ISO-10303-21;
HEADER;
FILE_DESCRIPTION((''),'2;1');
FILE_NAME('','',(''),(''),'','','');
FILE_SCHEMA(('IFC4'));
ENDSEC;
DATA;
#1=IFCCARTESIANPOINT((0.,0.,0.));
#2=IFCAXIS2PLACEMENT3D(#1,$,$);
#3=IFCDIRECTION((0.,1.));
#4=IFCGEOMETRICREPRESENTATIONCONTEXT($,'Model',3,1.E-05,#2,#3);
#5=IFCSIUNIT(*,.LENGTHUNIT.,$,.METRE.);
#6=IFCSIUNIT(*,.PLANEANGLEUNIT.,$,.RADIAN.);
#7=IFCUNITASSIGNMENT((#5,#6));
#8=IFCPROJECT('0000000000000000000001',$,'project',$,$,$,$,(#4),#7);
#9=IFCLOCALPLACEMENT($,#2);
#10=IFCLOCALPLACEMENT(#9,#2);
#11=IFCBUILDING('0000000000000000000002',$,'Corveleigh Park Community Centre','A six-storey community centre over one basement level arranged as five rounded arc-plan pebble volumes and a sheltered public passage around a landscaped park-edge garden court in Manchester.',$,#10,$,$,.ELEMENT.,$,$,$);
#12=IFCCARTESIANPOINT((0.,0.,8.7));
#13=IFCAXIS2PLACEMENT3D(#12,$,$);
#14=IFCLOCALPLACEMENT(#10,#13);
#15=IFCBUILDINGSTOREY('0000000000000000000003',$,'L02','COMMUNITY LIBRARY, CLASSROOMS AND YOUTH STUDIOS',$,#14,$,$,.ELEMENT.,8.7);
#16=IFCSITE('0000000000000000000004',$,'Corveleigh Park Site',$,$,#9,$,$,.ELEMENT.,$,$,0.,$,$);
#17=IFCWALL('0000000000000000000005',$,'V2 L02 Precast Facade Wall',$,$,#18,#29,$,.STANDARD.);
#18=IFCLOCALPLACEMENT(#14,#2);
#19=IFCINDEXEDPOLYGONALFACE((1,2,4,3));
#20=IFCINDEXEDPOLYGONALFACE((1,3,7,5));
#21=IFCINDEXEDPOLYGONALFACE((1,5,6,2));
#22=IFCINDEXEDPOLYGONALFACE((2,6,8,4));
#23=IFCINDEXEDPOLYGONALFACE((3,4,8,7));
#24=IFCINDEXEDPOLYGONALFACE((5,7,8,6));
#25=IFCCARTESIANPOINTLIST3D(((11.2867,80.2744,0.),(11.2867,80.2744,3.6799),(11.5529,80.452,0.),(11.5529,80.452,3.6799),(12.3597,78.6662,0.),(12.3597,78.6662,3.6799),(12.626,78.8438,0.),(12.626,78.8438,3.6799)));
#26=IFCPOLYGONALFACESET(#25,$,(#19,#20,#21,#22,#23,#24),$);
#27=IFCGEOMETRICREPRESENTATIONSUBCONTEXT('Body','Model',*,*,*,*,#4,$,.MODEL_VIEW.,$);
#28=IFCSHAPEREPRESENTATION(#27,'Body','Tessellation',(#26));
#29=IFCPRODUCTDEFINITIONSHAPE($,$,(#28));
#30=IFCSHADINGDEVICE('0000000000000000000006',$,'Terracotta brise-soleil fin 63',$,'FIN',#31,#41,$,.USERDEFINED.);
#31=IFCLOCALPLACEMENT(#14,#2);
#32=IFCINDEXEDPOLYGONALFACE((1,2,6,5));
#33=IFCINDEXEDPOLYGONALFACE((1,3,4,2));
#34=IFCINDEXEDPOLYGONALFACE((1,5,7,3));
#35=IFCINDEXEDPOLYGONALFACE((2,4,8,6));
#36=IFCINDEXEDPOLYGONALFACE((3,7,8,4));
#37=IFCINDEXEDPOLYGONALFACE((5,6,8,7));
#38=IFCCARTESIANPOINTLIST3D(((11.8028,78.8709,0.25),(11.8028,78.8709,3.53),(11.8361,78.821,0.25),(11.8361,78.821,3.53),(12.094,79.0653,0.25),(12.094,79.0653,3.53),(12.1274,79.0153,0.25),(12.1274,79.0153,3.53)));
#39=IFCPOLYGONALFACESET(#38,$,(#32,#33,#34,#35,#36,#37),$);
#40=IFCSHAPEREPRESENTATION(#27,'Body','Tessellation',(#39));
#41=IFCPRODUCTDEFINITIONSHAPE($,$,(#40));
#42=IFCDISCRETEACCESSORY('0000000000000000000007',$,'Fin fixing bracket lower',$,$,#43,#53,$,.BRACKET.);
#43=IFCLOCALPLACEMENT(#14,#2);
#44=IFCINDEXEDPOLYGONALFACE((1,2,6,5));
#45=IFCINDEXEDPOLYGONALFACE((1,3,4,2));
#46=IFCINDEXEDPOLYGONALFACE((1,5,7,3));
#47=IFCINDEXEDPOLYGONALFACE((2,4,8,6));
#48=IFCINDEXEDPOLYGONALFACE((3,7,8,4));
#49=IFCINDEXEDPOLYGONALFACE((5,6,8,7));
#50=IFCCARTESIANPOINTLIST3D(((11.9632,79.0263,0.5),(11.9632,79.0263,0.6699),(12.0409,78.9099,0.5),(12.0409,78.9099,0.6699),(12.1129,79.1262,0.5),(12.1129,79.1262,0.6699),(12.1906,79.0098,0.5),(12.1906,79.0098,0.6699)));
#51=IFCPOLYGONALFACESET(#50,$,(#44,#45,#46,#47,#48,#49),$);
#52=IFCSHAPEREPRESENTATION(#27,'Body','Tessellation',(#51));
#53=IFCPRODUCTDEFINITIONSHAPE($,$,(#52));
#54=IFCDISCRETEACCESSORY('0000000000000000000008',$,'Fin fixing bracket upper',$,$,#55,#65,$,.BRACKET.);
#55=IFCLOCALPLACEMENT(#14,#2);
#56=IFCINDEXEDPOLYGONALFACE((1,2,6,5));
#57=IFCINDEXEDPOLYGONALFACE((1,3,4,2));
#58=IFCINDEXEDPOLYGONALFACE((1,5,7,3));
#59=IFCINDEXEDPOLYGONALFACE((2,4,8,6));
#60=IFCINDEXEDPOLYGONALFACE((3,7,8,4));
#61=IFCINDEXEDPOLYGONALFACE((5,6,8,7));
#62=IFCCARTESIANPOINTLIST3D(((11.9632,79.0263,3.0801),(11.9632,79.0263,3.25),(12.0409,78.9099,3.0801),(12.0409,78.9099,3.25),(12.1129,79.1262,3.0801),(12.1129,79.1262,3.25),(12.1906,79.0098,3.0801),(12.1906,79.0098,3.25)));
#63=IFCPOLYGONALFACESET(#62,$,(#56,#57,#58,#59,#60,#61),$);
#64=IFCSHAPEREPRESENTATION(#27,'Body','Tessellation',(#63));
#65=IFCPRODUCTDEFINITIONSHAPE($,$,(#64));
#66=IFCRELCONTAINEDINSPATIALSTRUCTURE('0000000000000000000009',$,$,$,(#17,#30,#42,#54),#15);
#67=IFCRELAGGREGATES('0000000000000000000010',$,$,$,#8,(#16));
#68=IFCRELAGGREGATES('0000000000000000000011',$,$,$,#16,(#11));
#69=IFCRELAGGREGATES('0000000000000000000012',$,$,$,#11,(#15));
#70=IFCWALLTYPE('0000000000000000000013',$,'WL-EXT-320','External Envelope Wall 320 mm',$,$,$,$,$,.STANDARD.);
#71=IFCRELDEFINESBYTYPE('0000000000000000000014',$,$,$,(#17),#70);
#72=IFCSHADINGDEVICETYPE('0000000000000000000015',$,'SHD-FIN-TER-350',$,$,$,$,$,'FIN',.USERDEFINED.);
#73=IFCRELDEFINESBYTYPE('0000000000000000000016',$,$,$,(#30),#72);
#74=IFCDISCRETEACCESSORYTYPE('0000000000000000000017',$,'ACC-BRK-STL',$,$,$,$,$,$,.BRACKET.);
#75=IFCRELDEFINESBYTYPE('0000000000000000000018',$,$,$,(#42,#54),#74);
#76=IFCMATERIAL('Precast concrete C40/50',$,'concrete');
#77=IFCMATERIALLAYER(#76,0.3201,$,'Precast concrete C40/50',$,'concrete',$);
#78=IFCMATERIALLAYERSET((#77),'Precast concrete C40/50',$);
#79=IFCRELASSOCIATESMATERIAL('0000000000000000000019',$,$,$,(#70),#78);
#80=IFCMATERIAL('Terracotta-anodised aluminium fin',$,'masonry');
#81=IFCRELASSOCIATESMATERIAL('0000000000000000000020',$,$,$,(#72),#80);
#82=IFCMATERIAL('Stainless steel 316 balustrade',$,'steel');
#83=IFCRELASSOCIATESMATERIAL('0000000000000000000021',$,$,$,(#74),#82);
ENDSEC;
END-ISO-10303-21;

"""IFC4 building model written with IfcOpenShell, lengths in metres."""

from ifc_helpers import new_model, si_unit, direction, frame, frame_2d, origin, origin_2d, place, context, subcontext, project, spatial, rectangle, extrude, material, layer, layer_set, type_object, element, save


model = new_model("IFC4")

# Units and contexts
model_context = context("Model", 3, precision=1e-05, world=origin(), true_north=direction((0.0, 1.0)))
body_context = subcontext(model_context, "Body", "Model", "MODEL_VIEW")
ifc_project = project(units=[si_unit("LENGTHUNIT", "METRE"), si_unit("PLANEANGLEUNIT", "RADIAN")], contexts=[model_context])

# Site, building, storey
site_placement = place(None, origin())
site = spatial("IfcSite", under=ifc_project, at=site_placement, Name="Corveleigh Park Site", CompositionType="ELEMENT", RefElevation=0.0)
building_placement = place(site_placement, origin())
building = spatial("IfcBuilding", under=site, at=building_placement, Name="Corveleigh Park Community Centre", Description="A six-storey community centre over one basement level arranged as five rounded arc-plan pebble volumes and a sheltered public passage around a landscaped park-edge garden court in Manchester.", CompositionType="ELEMENT")
storey_placement = place(building_placement, frame((0.0, 0.0, 8.7)))
storey = spatial("IfcBuildingStorey", under=building, at=storey_placement, Name="L02", Description="COMMUNITY LIBRARY, CLASSROOMS AND YOUTH STUDIOS", CompositionType="ELEMENT", Elevation=8.7)

# Wall
ifc_material_1 = material(Name="Precast concrete C40/50", Category="concrete")
ifc_layer_1 = layer(ifc_material_1, 0.3201, Name="Precast concrete C40/50", Category="concrete")
ifc_layer_set_1 = layer_set([ifc_layer_1], Name="Precast concrete C40/50")
wall_type = type_object("IfcWallType", Name="WL-EXT-320", Description="External Envelope Wall 320 mm", PredefinedType="STANDARD", material=ifc_layer_set_1)
wall_placement = place(storey_placement, frame((12.4929, 78.7549, 0.0), z_axis=(0.0, 0.0, 1.0), x_axis=(-0.555021, 0.831837, 0.0)))
element("IfcWall", 1, at=wall_placement, inside=storey, type_object=wall_type, Name="V2 L02 Precast Facade Wall", PredefinedType="STANDARD", context=body_context, shape_type="SweptSolid", body=[
    extrude(rectangle(XDim=1.9333, YDim=0.3201, at=frame_2d((0.9668, 0.0))), origin(), (0.0, 0.0, 1.0), 3.6799),
])

# Shading device
ifc_material_2 = material(Name="Terracotta-anodised aluminium fin", Category="masonry")
shading_device_type = type_object("IfcShadingDeviceType", Name="SHD-FIN-TER-350", ElementType="FIN", PredefinedType="USERDEFINED", material=ifc_material_2)
shading_device_placement = place(storey_placement, frame((11.9651, 78.9431, 0.25), z_axis=(0.0, 0.0, 1.0), x_axis=(-0.831811, -0.555058, 0.0)))
element("IfcShadingDevice", 2, at=shading_device_placement, inside=storey, type_object=shading_device_type, Name="Terracotta brise-soleil fin 63", ObjectType="FIN", PredefinedType="USERDEFINED", context=body_context, shape_type="SweptSolid", body=[
    extrude(rectangle(XDim=0.3501, YDim=0.0601, at=origin_2d()), origin(), (0.0, 0.0, 1.0), 3.28),
])

# Discrete accessories
ifc_material_3 = material(Name="Stainless steel 316 balustrade", Category="steel")
discrete_accessory_type = type_object("IfcDiscreteAccessoryType", Name="ACC-BRK-STL", PredefinedType="BRACKET", material=ifc_material_3)
for number, where, z_axis, x_axis, name in (
    (3, (12.0769, 79.0181, 0.5), (0.0, 0.0, 1.0), (-0.831811, -0.555058, 0.0), "Fin fixing bracket lower"),
    (4, (12.0769, 79.0181, 3.0801), (0.0, 0.0, 1.0), (-0.831811, -0.555058, 0.0), "Fin fixing bracket upper"),
):
    element("IfcDiscreteAccessory", number, at=place(storey_placement, frame(where, z_axis=z_axis, x_axis=x_axis)), inside=storey, type_object=discrete_accessory_type, Name=name, PredefinedType="BRACKET", context=body_context, shape_type="SweptSolid", body=[
        extrude(rectangle(XDim=0.1799, YDim=0.1399, at=origin_2d()), origin(), (0.0, 0.0, 1.0), 0.1699),
    ])

save(model, "model.ifc")
